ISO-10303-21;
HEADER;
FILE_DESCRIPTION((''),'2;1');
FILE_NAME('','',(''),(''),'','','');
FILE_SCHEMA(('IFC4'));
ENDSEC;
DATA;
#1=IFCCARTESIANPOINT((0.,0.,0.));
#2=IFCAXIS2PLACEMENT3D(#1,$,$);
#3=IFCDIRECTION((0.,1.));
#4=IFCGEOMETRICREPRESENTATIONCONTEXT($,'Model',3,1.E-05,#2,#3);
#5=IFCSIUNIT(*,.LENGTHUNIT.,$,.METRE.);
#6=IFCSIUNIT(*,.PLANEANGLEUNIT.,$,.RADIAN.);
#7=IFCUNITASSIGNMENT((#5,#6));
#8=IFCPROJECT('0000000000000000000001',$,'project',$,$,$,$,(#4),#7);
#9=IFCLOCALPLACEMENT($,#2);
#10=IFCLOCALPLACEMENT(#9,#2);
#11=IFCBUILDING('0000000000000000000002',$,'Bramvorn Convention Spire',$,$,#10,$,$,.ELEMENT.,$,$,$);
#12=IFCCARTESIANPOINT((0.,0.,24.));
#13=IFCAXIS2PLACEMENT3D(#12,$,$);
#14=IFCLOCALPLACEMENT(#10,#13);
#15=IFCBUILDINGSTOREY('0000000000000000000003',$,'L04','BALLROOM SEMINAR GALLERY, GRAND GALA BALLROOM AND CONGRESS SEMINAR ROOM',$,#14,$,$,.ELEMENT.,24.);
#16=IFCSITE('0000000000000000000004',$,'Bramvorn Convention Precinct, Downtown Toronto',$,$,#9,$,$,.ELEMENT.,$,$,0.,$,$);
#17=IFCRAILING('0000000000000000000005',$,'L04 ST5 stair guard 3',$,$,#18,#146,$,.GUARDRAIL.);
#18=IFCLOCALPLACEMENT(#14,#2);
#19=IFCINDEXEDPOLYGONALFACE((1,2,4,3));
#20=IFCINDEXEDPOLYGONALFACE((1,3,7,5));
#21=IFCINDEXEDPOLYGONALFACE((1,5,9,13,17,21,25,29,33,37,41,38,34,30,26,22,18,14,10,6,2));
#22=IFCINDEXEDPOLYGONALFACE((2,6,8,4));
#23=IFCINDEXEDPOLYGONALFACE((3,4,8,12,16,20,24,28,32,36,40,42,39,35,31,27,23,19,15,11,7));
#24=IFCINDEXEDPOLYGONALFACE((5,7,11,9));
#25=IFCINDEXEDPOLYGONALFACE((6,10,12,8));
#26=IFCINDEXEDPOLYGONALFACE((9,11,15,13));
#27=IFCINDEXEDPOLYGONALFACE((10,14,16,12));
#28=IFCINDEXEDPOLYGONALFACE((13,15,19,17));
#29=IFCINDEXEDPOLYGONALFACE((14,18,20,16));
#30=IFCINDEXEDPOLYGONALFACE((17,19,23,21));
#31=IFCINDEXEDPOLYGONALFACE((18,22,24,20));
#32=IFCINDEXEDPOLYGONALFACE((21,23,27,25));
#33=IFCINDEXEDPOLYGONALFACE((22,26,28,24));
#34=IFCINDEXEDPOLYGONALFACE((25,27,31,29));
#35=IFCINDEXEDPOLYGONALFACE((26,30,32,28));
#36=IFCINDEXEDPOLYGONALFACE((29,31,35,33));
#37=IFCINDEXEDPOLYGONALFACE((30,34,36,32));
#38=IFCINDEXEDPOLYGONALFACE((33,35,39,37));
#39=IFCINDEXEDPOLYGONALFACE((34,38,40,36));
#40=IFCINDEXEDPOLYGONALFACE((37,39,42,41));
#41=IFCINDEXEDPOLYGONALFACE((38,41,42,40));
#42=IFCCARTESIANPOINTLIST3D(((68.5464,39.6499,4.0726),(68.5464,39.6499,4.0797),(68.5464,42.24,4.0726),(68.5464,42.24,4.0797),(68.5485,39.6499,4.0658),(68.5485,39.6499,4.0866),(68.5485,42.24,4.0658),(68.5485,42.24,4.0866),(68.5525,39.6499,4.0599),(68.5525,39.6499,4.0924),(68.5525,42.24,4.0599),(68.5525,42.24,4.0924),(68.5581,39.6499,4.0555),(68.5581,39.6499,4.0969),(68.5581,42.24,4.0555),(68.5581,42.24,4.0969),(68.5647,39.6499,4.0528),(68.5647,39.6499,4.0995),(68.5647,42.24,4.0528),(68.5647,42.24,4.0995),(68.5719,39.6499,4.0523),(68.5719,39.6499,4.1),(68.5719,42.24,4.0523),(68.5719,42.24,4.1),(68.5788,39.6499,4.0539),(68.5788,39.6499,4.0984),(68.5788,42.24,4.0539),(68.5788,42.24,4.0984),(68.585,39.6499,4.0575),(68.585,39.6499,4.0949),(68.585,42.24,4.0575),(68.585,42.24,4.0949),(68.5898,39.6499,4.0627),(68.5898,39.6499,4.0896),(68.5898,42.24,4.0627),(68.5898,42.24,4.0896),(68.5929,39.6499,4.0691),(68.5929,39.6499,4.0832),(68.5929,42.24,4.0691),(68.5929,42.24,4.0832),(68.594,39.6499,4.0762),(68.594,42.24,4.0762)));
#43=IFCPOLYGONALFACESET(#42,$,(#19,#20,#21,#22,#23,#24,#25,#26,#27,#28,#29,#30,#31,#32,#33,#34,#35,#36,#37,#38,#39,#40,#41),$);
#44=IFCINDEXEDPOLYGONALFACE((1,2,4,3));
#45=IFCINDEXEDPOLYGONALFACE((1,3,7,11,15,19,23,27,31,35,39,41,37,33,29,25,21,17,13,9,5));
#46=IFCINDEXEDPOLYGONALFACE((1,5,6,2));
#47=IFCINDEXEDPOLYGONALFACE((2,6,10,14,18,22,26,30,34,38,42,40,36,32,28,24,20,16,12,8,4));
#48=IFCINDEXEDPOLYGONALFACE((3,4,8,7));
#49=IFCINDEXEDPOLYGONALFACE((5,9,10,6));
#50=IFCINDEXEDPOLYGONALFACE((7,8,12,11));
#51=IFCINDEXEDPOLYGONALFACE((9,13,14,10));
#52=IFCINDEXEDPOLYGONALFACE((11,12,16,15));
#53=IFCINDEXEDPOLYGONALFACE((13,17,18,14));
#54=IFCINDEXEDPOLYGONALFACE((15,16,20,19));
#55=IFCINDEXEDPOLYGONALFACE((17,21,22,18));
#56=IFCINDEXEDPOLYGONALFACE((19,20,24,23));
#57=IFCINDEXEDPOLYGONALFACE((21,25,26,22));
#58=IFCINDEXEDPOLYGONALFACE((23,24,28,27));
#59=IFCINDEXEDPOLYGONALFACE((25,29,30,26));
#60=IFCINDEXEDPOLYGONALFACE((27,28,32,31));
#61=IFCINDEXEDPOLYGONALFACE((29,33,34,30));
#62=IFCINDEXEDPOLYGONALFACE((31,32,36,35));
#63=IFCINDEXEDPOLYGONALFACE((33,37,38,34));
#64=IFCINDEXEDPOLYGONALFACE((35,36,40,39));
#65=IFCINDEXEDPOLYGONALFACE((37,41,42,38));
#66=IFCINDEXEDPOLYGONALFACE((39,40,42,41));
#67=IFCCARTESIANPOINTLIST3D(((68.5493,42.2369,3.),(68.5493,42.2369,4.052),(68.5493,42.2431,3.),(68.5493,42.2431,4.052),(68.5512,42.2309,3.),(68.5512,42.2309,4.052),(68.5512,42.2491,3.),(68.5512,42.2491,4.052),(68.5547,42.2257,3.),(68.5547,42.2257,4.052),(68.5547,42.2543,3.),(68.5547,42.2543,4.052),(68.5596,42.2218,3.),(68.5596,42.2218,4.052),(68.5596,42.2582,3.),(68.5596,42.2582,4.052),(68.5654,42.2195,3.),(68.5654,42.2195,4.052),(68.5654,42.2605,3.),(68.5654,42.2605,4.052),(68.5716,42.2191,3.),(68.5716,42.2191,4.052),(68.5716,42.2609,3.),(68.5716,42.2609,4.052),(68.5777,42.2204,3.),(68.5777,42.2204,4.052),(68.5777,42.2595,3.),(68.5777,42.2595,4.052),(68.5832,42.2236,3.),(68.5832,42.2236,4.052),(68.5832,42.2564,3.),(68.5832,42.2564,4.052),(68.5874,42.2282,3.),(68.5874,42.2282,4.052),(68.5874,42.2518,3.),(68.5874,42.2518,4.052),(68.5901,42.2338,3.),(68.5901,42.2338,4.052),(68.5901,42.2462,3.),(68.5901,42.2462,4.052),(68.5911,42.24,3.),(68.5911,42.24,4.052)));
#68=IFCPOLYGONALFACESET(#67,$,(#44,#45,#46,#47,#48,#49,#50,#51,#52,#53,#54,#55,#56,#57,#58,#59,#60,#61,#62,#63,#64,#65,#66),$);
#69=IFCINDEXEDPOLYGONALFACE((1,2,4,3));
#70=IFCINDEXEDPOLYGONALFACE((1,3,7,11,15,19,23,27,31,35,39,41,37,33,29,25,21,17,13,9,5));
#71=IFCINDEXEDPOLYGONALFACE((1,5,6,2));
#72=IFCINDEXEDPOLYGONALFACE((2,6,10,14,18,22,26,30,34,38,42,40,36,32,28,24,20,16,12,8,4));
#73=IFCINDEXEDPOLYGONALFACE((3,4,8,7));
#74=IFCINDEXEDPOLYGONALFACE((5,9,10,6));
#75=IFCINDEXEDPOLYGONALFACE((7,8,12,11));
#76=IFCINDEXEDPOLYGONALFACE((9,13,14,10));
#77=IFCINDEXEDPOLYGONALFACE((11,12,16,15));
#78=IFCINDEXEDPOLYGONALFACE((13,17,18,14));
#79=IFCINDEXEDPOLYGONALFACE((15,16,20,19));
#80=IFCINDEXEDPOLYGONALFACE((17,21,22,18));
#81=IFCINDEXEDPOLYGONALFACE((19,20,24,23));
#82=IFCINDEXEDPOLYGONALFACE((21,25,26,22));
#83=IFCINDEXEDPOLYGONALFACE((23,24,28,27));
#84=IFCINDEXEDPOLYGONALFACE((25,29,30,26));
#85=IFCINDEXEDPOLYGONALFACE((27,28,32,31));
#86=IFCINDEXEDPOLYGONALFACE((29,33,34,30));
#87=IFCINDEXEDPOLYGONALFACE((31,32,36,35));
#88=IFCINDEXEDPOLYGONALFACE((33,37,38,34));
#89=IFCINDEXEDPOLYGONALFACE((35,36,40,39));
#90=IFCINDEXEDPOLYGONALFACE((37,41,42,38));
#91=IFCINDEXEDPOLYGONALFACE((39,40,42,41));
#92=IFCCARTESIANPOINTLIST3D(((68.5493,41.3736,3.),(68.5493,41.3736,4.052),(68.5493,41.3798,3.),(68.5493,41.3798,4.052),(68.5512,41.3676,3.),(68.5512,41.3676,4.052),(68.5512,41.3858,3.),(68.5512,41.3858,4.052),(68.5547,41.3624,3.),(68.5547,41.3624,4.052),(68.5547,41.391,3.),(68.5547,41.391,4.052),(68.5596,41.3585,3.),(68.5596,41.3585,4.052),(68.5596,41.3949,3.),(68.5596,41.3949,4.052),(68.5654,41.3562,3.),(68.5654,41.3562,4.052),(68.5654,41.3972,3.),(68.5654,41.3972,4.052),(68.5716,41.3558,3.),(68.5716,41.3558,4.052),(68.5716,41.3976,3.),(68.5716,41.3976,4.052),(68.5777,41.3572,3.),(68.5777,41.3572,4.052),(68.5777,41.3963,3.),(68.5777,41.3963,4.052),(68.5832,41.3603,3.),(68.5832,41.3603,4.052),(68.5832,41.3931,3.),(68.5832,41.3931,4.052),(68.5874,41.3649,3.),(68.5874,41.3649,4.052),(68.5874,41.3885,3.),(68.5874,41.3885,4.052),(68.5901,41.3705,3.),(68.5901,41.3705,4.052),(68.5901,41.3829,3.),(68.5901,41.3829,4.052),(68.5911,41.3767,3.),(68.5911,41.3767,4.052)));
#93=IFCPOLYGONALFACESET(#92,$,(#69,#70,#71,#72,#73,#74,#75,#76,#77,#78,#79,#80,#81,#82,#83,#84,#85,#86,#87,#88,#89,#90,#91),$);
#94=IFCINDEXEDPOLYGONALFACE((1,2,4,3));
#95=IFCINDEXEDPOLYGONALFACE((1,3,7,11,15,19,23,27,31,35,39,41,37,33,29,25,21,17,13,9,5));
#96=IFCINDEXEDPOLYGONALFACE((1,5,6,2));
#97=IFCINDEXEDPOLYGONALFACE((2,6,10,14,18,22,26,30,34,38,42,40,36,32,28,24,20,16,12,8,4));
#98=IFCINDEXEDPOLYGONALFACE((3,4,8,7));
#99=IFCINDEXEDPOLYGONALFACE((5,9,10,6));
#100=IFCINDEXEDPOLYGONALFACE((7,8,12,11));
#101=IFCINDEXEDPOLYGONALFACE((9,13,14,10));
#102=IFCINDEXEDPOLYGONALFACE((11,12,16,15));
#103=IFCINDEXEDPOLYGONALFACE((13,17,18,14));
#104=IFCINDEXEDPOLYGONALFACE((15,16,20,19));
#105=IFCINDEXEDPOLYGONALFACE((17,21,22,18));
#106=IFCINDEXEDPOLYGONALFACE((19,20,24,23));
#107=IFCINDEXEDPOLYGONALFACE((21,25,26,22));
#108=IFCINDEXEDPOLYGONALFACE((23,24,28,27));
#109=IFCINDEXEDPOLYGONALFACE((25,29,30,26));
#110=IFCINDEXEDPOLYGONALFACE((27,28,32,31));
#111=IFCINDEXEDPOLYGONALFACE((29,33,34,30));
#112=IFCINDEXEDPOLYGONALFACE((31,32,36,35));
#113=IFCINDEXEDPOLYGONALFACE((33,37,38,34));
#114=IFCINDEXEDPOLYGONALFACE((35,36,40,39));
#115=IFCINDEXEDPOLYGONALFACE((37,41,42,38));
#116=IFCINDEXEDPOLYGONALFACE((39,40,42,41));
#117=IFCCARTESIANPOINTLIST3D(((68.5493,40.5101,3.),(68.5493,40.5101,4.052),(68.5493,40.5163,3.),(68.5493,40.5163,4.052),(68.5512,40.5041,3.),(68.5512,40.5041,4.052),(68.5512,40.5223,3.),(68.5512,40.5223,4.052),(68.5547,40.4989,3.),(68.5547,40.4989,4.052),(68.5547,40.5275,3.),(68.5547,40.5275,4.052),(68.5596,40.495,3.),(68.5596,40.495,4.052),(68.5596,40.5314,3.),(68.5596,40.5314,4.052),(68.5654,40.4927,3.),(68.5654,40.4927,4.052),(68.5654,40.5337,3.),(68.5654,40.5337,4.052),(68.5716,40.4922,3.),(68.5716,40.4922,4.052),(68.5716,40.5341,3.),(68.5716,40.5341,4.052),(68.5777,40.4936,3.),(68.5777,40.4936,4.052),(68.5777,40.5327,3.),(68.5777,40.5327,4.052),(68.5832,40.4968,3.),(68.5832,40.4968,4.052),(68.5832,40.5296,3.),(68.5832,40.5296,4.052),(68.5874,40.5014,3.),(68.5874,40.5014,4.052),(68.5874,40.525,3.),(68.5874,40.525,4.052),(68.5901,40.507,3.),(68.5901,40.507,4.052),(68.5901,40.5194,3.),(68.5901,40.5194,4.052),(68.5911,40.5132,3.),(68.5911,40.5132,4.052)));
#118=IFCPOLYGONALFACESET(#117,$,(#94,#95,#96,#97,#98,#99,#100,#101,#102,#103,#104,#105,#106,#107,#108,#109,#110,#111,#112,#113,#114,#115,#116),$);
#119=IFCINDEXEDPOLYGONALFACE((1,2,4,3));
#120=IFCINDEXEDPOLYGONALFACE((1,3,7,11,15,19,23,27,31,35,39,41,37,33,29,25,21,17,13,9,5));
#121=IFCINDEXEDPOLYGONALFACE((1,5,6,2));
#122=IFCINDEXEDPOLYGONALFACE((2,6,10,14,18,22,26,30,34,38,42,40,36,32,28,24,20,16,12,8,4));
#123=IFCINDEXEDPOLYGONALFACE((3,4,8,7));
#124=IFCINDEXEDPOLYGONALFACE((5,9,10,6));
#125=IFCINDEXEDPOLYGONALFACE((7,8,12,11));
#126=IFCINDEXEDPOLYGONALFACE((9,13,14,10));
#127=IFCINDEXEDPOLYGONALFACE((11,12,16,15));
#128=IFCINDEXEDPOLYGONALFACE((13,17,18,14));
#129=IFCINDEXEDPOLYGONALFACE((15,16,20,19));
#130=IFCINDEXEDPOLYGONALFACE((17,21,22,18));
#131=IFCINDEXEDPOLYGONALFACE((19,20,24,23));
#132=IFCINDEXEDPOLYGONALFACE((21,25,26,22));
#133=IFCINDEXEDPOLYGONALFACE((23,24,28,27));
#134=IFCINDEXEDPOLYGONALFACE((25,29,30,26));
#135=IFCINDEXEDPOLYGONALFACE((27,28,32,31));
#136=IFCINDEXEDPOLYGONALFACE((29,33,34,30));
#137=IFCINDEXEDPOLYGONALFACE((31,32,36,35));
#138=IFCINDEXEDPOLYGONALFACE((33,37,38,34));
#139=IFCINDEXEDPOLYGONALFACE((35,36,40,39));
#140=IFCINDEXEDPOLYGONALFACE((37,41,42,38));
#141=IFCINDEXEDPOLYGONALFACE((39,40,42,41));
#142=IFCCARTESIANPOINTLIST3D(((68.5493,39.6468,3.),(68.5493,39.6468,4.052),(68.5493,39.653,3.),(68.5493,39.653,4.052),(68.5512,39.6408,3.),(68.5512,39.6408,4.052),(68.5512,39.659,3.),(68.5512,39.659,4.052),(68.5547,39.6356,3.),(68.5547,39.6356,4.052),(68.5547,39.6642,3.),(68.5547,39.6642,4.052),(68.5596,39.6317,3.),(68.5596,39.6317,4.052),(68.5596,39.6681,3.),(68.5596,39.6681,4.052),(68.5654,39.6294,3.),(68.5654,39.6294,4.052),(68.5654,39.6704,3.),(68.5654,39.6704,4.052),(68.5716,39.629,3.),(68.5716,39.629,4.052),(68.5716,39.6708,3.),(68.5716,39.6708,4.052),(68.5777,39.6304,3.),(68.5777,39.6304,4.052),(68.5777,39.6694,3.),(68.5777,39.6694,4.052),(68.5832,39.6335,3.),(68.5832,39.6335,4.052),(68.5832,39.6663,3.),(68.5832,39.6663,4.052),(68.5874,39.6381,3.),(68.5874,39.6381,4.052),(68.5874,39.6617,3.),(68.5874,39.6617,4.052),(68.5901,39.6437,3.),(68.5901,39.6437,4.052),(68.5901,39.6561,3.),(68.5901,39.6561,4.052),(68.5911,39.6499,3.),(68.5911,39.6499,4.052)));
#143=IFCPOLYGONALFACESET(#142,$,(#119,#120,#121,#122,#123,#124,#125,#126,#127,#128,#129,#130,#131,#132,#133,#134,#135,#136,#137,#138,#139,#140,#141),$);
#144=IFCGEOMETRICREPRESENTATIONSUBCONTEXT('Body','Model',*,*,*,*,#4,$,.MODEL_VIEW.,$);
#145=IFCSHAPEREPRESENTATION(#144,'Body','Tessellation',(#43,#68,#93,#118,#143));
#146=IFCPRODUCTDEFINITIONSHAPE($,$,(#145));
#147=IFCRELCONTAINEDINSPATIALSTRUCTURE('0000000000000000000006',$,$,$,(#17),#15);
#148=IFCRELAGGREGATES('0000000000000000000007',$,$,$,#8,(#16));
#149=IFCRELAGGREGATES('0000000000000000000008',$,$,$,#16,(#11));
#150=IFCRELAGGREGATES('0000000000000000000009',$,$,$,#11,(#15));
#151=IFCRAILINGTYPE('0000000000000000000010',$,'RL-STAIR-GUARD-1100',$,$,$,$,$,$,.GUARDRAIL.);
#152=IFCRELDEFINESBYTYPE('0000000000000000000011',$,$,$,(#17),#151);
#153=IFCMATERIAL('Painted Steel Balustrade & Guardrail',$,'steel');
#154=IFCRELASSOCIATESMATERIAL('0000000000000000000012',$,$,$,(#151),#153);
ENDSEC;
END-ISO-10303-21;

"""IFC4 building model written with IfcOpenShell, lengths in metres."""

from ifc_helpers import new_model, si_unit, direction, frame, origin, origin_2d, place, context, subcontext, project, spatial, circle, extrude, material, type_object, element, save


model = new_model("IFC4")

# Units and contexts
model_context = context("Model", 3, precision=1e-05, world=origin(), true_north=direction((0.0, 1.0)))
body_context = subcontext(model_context, "Body", "Model", "MODEL_VIEW")
ifc_project = project(units=[si_unit("LENGTHUNIT", "METRE"), si_unit("PLANEANGLEUNIT", "RADIAN")], contexts=[model_context])

# Site, building, storey
site_placement = place(None, origin())
site = spatial("IfcSite", under=ifc_project, at=site_placement, Name="Bramvorn Convention Precinct, Downtown Toronto", CompositionType="ELEMENT", RefElevation=0.0)
building_placement = place(site_placement, origin())
building = spatial("IfcBuilding", under=site, at=building_placement, Name="Bramvorn Convention Spire", CompositionType="ELEMENT")
storey_placement = place(building_placement, frame((0.0, 0.0, 24.0)))
storey = spatial("IfcBuildingStorey", under=building, at=storey_placement, Name="L04", Description="BALLROOM SEMINAR GALLERY, GRAND GALA BALLROOM AND CONGRESS SEMINAR ROOM", CompositionType="ELEMENT", Elevation=24.0)

# Railing
ifc_material_1 = material(Name="Painted Steel Balustrade & Guardrail", Category="steel")
railing_type_1 = type_object("IfcRailingType", Name="RL-STAIR-GUARD-1100", PredefinedType="GUARDRAIL", material=ifc_material_1)
for number, where, name in (
    (1, (68.5701, 42.24, 3.0), "L04 ST5 stair guard 3"),
):
    element("IfcRailing", number, at=place(storey_placement, frame(where)), inside=storey, type_object=railing_type_1, Name=name, PredefinedType="GUARDRAIL", context=body_context, shape_type="SweptSolid", body=[
        extrude(circle(Radius=0.0239, at=origin_2d()), frame((0.0, 0.0, 1.0762), z_axis=(0.0, -1.0, 0.0), x_axis=(1.0, 0.0, 0.0)), (0.0, 0.0, 1.0), 2.5901),
        extrude(circle(Radius=0.021, at=origin_2d()), origin(), (0.0, 0.0, 1.0), 1.052),
        extrude(circle(Radius=0.021, at=origin_2d()), frame((0.0, -0.8633, 0.0)), (0.0, 0.0, 1.0), 1.052),
        extrude(circle(Radius=0.021, at=origin_2d()), frame((0.0, -1.7268, 0.0)), (0.0, 0.0, 1.0), 1.052),
        extrude(circle(Radius=0.021, at=origin_2d()), frame((0.0, -2.5901, 0.0)), (0.0, 0.0, 1.0), 1.052),
    ])

save(model, "model.ifc")
